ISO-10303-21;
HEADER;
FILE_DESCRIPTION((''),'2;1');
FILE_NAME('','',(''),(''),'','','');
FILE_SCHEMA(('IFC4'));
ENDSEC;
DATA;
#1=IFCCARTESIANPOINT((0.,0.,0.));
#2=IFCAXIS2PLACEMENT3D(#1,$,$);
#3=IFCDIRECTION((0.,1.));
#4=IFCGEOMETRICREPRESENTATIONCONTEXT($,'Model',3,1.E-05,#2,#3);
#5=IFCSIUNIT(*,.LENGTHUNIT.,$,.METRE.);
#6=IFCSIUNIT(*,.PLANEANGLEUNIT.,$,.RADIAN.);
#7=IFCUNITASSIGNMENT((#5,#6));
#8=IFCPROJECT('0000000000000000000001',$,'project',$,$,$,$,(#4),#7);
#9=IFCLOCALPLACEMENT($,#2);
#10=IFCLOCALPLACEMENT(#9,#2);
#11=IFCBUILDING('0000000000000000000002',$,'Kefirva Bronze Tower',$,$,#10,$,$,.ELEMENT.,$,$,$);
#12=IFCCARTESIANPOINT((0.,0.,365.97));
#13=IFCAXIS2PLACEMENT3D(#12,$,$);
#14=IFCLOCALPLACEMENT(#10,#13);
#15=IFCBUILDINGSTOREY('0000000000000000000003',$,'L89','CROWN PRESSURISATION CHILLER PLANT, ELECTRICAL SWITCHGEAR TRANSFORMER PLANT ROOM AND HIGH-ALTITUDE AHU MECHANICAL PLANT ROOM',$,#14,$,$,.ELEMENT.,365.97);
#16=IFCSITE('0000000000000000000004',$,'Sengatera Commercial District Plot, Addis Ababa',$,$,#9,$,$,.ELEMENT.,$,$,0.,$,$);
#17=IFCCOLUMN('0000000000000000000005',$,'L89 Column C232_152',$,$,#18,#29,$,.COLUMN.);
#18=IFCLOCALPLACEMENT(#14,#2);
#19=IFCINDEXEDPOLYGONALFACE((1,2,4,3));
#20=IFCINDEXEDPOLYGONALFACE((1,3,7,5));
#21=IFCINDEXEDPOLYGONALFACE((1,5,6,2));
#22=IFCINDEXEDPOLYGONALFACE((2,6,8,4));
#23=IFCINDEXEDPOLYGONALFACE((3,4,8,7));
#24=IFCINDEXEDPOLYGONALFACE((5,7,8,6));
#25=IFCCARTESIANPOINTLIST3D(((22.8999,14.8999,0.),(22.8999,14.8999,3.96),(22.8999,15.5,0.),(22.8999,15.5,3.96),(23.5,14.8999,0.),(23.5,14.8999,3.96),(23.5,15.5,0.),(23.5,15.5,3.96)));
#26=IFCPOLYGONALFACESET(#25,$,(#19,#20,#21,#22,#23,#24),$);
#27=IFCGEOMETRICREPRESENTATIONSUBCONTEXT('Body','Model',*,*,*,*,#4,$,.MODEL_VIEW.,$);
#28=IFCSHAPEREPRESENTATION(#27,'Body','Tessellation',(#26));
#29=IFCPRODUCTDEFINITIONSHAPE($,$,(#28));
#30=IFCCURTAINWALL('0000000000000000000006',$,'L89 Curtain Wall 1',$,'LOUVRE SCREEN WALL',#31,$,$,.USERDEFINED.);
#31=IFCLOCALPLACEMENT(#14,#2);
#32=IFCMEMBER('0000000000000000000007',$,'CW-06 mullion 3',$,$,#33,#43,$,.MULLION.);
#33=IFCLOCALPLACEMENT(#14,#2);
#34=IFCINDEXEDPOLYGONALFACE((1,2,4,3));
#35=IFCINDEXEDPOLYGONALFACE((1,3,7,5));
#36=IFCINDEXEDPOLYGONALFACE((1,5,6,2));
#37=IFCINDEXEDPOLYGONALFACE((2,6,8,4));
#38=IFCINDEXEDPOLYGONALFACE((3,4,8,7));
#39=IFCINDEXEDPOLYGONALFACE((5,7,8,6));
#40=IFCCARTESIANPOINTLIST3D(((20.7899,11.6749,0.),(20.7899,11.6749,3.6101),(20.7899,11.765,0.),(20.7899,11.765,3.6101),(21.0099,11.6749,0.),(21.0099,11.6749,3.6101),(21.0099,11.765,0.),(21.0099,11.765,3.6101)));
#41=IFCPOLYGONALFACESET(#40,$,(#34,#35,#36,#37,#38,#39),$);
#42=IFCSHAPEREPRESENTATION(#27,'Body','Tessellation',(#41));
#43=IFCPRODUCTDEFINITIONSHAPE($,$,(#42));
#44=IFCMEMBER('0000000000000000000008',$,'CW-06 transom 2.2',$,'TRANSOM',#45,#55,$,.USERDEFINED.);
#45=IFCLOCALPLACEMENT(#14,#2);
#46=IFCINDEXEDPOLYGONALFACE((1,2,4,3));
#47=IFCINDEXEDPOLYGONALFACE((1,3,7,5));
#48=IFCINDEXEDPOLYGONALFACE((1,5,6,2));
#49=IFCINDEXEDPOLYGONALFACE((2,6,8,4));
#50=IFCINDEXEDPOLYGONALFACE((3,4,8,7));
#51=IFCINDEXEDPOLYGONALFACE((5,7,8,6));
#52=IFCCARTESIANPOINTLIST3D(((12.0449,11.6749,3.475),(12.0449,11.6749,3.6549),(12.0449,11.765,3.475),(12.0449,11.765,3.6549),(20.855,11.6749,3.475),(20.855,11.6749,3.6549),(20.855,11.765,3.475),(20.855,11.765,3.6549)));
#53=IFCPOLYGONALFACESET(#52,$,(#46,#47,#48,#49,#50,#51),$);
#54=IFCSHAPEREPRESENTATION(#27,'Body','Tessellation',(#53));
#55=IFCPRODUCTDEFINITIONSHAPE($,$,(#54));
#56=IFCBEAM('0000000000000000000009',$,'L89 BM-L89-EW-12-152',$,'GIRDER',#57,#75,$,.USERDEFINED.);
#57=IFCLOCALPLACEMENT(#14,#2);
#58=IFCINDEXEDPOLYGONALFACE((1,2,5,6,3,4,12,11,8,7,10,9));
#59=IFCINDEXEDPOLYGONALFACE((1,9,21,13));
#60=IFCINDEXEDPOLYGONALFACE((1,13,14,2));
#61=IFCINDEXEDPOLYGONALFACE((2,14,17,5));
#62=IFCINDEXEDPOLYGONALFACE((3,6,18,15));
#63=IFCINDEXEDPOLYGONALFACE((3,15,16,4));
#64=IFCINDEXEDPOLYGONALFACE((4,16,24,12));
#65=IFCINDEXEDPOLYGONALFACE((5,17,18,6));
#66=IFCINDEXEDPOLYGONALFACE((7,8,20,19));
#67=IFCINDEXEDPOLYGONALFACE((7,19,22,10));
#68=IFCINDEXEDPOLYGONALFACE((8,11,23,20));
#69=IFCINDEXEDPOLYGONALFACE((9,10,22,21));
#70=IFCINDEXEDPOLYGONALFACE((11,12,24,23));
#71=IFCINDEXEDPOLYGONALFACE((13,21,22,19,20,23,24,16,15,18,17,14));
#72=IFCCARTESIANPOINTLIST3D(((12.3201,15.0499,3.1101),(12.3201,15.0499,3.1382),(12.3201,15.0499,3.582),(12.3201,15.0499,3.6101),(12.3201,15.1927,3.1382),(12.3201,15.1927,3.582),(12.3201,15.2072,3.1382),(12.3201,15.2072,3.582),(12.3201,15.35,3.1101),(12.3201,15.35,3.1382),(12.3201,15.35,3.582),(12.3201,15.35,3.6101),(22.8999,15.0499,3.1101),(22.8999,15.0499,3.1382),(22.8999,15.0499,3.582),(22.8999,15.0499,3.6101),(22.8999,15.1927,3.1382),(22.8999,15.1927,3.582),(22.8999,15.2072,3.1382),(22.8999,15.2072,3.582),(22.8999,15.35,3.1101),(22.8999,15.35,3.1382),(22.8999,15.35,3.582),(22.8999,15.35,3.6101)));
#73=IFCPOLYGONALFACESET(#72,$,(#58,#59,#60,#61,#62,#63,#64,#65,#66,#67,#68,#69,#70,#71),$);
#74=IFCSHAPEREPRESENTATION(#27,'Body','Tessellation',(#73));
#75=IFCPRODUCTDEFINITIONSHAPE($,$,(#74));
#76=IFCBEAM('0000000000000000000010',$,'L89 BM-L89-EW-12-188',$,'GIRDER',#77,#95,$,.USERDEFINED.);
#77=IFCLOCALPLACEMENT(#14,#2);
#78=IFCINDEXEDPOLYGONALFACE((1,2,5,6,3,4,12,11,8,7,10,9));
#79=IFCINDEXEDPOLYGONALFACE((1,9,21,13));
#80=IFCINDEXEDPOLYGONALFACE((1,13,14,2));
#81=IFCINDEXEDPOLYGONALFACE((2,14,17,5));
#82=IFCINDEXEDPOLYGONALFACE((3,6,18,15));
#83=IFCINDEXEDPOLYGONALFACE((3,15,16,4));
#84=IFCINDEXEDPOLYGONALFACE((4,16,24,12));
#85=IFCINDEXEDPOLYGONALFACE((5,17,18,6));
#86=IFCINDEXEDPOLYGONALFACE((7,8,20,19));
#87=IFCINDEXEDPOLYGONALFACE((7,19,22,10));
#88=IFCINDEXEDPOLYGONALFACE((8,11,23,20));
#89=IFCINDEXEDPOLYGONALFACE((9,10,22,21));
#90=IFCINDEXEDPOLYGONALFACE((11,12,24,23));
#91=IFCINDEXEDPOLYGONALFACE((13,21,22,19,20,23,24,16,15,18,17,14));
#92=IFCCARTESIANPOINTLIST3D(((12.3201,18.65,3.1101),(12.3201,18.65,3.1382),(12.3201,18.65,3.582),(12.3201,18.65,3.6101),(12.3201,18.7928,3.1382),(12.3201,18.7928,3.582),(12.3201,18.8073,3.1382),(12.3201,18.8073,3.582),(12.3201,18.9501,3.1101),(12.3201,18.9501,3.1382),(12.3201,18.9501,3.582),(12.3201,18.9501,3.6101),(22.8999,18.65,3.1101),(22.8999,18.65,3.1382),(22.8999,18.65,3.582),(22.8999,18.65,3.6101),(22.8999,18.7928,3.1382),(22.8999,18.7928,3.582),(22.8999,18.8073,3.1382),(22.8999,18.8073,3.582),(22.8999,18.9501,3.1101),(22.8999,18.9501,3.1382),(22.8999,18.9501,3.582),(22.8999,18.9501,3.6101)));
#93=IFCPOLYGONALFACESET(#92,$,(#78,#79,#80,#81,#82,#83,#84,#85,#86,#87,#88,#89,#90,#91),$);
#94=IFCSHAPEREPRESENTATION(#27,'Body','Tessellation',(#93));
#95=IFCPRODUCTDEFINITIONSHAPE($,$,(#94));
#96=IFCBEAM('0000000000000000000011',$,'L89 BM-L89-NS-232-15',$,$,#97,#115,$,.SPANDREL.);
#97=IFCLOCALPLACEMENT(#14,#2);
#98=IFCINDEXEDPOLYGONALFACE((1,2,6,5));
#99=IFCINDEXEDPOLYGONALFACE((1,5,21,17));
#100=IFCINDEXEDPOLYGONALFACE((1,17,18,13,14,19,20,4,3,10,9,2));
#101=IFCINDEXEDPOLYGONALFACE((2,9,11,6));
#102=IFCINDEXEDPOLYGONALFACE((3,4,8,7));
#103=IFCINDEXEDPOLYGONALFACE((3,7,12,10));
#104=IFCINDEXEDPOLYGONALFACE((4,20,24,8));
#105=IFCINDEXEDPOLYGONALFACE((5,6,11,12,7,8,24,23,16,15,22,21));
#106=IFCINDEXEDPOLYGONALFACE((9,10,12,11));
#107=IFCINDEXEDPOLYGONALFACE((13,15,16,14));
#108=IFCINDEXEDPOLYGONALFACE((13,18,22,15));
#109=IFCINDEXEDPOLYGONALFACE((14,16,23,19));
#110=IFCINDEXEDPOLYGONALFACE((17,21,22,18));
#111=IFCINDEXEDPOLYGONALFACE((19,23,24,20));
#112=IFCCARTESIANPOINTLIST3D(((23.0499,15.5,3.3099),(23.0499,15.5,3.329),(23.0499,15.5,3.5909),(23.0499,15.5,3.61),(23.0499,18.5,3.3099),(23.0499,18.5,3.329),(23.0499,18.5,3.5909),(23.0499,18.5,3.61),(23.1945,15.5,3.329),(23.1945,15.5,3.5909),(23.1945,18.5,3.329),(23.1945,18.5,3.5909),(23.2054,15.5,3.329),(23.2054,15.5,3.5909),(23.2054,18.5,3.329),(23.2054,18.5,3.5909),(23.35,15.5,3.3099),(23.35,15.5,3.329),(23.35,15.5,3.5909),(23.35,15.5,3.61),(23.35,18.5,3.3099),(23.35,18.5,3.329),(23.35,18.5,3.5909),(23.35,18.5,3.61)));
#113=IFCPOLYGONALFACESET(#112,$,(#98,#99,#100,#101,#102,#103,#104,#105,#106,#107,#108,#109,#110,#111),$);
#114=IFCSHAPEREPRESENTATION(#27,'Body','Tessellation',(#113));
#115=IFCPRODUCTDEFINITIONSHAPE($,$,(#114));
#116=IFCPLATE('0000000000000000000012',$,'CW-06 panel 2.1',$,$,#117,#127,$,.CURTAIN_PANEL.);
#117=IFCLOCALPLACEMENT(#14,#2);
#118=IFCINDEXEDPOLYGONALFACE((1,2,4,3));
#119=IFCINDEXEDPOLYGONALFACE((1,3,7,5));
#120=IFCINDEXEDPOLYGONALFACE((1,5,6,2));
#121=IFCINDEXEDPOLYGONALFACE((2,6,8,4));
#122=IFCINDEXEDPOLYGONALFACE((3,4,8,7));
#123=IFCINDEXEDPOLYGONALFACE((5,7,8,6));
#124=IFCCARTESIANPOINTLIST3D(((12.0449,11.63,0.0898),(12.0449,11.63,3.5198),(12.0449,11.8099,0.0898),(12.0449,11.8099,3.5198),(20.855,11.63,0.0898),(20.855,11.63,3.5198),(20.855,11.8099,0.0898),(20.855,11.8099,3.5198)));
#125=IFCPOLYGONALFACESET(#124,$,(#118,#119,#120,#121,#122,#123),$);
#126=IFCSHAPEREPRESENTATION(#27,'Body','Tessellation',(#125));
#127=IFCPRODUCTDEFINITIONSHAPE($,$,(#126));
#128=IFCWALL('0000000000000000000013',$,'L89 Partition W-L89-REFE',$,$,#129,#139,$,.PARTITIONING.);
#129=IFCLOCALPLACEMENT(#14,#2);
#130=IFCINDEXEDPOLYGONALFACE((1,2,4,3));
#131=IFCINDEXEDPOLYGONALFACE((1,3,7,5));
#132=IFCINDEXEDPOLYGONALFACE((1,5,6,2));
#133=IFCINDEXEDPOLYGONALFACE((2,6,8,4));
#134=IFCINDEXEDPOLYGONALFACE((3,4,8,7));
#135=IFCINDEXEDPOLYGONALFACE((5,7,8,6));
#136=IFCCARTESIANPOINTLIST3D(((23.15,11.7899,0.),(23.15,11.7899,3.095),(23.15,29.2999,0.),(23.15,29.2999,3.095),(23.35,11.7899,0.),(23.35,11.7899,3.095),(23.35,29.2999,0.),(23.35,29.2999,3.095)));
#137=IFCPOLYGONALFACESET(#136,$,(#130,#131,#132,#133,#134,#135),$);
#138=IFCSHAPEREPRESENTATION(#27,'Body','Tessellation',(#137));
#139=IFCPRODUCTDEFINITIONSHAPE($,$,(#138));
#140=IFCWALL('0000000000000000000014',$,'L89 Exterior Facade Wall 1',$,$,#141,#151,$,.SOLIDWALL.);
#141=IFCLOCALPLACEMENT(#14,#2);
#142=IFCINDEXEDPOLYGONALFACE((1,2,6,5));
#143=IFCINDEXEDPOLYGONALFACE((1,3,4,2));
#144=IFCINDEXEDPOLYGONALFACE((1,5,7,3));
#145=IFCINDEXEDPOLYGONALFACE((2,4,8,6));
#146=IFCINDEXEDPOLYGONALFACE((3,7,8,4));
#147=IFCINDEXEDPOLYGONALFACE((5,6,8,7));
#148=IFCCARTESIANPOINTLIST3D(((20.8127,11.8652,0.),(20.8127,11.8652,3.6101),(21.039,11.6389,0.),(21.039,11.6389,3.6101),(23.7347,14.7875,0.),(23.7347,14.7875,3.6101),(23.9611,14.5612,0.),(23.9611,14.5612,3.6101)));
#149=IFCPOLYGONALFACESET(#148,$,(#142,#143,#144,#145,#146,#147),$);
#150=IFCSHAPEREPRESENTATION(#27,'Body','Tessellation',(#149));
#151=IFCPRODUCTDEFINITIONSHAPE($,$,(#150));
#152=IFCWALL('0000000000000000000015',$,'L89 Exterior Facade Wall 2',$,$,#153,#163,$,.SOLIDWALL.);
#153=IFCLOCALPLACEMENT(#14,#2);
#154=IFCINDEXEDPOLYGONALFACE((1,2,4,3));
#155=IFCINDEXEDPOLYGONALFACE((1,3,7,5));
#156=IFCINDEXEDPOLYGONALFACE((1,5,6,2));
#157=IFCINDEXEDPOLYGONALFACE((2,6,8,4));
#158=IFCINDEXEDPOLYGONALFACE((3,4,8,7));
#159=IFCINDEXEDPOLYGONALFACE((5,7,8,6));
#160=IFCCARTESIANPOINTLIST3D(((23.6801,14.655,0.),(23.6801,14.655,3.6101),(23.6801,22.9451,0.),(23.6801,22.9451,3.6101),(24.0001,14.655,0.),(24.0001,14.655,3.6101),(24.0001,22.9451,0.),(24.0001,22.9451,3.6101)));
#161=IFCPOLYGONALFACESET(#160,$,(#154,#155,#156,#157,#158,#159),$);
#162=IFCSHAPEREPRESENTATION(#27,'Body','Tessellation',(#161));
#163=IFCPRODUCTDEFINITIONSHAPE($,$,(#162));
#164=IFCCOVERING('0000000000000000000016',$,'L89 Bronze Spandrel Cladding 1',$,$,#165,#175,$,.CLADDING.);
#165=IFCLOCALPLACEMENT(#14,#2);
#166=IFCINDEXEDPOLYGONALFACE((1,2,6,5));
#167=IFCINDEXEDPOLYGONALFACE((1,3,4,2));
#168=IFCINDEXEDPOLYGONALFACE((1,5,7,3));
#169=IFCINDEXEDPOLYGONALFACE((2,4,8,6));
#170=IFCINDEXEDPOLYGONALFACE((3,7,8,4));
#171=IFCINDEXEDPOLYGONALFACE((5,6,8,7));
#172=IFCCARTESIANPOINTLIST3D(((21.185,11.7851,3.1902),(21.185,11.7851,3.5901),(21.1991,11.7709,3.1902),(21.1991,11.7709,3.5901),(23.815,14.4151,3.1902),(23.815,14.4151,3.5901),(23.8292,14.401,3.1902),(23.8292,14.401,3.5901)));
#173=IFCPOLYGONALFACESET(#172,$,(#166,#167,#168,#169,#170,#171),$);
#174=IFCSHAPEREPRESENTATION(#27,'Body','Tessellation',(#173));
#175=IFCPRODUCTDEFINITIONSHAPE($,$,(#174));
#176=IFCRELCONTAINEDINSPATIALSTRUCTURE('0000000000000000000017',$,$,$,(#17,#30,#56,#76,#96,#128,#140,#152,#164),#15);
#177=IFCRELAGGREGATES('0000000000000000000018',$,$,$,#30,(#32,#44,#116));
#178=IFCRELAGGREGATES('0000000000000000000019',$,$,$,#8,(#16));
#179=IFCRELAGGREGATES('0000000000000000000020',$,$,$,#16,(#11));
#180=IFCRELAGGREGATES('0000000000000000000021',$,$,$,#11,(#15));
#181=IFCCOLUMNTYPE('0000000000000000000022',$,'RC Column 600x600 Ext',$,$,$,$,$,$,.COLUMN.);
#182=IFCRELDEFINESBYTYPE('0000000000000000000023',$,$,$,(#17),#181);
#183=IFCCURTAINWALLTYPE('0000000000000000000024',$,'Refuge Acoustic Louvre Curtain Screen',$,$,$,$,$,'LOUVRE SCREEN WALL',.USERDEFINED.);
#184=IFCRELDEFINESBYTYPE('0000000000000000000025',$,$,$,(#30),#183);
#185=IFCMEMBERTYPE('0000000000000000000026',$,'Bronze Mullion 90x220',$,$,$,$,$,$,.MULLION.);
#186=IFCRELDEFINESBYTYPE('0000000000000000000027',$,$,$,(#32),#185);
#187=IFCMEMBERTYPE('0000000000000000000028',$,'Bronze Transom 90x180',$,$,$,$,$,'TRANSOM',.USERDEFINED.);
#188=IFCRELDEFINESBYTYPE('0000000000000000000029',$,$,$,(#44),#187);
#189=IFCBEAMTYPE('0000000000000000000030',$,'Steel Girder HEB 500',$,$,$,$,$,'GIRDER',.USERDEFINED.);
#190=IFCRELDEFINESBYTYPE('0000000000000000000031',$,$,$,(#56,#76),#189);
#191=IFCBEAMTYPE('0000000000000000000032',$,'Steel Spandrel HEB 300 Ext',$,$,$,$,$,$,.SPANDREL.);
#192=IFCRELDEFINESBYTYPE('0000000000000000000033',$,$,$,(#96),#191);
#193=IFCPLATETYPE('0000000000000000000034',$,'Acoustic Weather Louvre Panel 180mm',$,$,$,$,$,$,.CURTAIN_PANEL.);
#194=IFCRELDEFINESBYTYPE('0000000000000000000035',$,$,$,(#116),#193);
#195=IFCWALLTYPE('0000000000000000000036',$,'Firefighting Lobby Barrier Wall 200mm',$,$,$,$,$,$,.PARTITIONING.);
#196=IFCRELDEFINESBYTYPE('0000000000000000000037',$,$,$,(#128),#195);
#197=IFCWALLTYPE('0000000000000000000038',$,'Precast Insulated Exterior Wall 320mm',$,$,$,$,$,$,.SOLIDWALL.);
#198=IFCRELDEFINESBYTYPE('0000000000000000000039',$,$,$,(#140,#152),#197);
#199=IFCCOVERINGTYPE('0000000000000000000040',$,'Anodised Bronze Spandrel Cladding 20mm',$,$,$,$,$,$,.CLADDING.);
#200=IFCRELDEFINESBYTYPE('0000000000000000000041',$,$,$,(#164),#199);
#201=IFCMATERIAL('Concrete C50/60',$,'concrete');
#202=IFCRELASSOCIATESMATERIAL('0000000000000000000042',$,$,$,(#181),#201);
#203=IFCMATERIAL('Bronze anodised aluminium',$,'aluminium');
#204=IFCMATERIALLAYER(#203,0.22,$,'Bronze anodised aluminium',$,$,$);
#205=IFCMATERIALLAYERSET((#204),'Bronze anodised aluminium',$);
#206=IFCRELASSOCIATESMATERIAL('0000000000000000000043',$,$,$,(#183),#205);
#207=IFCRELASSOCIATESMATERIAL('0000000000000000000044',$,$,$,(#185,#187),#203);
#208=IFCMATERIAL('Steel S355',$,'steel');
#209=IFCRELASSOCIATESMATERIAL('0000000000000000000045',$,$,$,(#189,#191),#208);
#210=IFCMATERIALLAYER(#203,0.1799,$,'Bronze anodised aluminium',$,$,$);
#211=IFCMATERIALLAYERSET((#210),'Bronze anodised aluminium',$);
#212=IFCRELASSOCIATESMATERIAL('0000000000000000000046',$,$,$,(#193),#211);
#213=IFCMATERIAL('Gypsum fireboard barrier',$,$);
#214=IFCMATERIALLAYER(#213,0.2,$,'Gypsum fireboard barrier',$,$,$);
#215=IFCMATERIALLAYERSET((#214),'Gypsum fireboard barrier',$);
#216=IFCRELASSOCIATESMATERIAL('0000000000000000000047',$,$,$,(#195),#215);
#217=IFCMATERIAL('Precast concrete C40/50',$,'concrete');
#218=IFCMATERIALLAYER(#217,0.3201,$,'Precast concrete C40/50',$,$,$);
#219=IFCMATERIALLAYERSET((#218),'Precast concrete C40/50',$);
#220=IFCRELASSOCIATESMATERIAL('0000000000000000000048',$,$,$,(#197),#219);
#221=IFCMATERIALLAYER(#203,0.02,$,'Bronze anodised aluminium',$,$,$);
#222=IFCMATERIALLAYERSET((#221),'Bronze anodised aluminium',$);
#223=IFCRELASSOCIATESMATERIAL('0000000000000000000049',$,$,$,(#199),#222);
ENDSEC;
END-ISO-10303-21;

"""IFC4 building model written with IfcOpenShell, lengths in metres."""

from ifc_helpers import new_model, si_unit, direction, frame, frame_2d, origin, origin_2d, place, context, subcontext, project, spatial, rectangle, i_section, extrude, material, layer, layer_set, material_profile, profile_set, type_object, element, aggregate, save


model = new_model("IFC4")

# Units and contexts
model_context = context("Model", 3, precision=1e-05, world=origin(), true_north=direction((0.0, 1.0)))
body_context = subcontext(model_context, "Body", "Model", "MODEL_VIEW")
ifc_project = project(units=[si_unit("LENGTHUNIT", "METRE"), si_unit("PLANEANGLEUNIT", "RADIAN")], contexts=[model_context])

# Site, building, storey
site_placement = place(None, origin())
site = spatial("IfcSite", under=ifc_project, at=site_placement, Name="Sengatera Commercial District Plot, Addis Ababa", CompositionType="ELEMENT", RefElevation=0.0)
building_placement = place(site_placement, origin())
building = spatial("IfcBuilding", under=site, at=building_placement, Name="Kefirva Bronze Tower", CompositionType="ELEMENT")
storey_placement = place(building_placement, frame((0.0, 0.0, 365.97)))
storey = spatial("IfcBuildingStorey", under=building, at=storey_placement, Name="L89", Description="CROWN PRESSURISATION CHILLER PLANT, ELECTRICAL SWITCHGEAR TRANSFORMER PLANT ROOM AND HIGH-ALTITUDE AHU MECHANICAL PLANT ROOM", CompositionType="ELEMENT", Elevation=365.97)

# Column
ifc_material_1 = material(Name="Concrete C50/60", Category="concrete")
ifc_material_profile_1 = material_profile(ifc_material_1, rectangle(XDim=0.6001, YDim=0.6001, at=origin_2d()), Name="RC 600x600")
ifc_profile_set_1 = profile_set([ifc_material_profile_1], Name="Concrete C50/60")
column_type = type_object("IfcColumnType", Name="RC Column 600x600 Ext", PredefinedType="COLUMN", material=ifc_profile_set_1)
column_placement = place(storey_placement, frame((23.2, 15.2, 0.0), z_axis=(0.0, 0.0, 1.0), x_axis=(1.0, 0.0, 0.0)))
element("IfcColumn", 1, at=column_placement, inside=storey, type_object=column_type, Name="L89 Column C232_152", PredefinedType="COLUMN", context=body_context, shape_type="SweptSolid", body=[
    extrude(rectangle(XDim=0.6001, YDim=0.6001, at=origin_2d()), origin(), (0.0, 0.0, 1.0), 3.96),
])

# Curtain wall, members
ifc_material_2 = material(Name="Bronze anodised aluminium", Category="aluminium")
ifc_layer_1 = layer(ifc_material_2, 0.22, Name="Bronze anodised aluminium")
ifc_layer_set_1 = layer_set([ifc_layer_1], Name="Bronze anodised aluminium")
curtain_wall_type = type_object("IfcCurtainWallType", Name="Refuge Acoustic Louvre Curtain Screen", ElementType="LOUVRE SCREEN WALL", PredefinedType="USERDEFINED", material=ifc_layer_set_1)
curtain_wall_placement = place(storey_placement, origin())
curtain_wall = element("IfcCurtainWall", 2, at=curtain_wall_placement, inside=storey, type_object=curtain_wall_type, Name="L89 Curtain Wall 1", ObjectType="LOUVRE SCREEN WALL", PredefinedType="USERDEFINED")
ifc_material_profile_2 = material_profile(ifc_material_2, rectangle(XDim=0.0901, YDim=0.22, at=origin_2d()), Name="ALU 90x220")
ifc_profile_set_2 = profile_set([ifc_material_profile_2], Name="Bronze anodised aluminium")
member_type_1 = type_object("IfcMemberType", Name="Bronze Mullion 90x220", PredefinedType="MULLION", material=ifc_profile_set_2)
member_1_placement = place(storey_placement, frame((20.8999, 11.72, 0.0), z_axis=(0.0, 0.0, 1.0), x_axis=(0.0, 1.0, 0.0)))
member_1 = element("IfcMember", 3, at=member_1_placement, type_object=member_type_1, Name="CW-06 mullion 3", PredefinedType="MULLION", context=body_context, shape_type="SweptSolid", body=[
    extrude(rectangle(XDim=0.0901, YDim=0.22, at=origin_2d()), origin(), (0.0, 0.0, 1.0), 3.6101),
])
ifc_material_profile_3 = material_profile(ifc_material_2, rectangle(XDim=0.0901, YDim=0.1799, at=origin_2d()), Name="ALU 90x180")
ifc_profile_set_3 = profile_set([ifc_material_profile_3], Name="Bronze anodised aluminium")
member_type_2 = type_object("IfcMemberType", Name="Bronze Transom 90x180", ElementType="TRANSOM", PredefinedType="USERDEFINED", material=ifc_profile_set_3)
member_2_placement = place(storey_placement, frame((12.0449, 11.72, 3.5649), z_axis=(1.0, 0.0, 0.0), x_axis=(0.0, 1.0, 0.0)))
member_2 = element("IfcMember", 4, at=member_2_placement, type_object=member_type_2, Name="CW-06 transom 2.2", ObjectType="TRANSOM", PredefinedType="USERDEFINED", context=body_context, shape_type="SweptSolid", body=[
    extrude(rectangle(XDim=0.0901, YDim=0.1799, at=origin_2d()), origin(), (0.0, 0.0, 1.0), 8.8101),
])

# Beams
ifc_material_3 = material(Name="Steel S355", Category="steel")
ifc_material_profile_4 = material_profile(ifc_material_3, i_section(OverallWidth=0.3, OverallDepth=0.5, WebThickness=0.0144, FlangeThickness=0.0281, at=origin_2d()), Name="HEB 500")
ifc_profile_set_4 = profile_set([ifc_material_profile_4], Name="Steel S355")
beam_type_1 = type_object("IfcBeamType", Name="Steel Girder HEB 500", ElementType="GIRDER", PredefinedType="USERDEFINED", material=ifc_profile_set_4)
for number, where, z_axis, x_axis, name in (
    (5, (12.3201, 15.2, 3.3601), (1.0, 0.0, 0.0), (0.0, 1.0, 0.0), "L89 BM-L89-EW-12-152"),
    (6, (12.3201, 18.8, 3.3601), (1.0, 0.0, 0.0), (0.0, 1.0, 0.0), "L89 BM-L89-EW-12-188"),
):
    element("IfcBeam", number, at=place(storey_placement, frame(where, z_axis=z_axis, x_axis=x_axis)), inside=storey, type_object=beam_type_1, Name=name, ObjectType="GIRDER", PredefinedType="USERDEFINED", context=body_context, shape_type="SweptSolid", body=[
        extrude(i_section(OverallWidth=0.3, OverallDepth=0.5, WebThickness=0.0144, FlangeThickness=0.0281, at=origin_2d()), origin(), (0.0, 0.0, 1.0), 10.5798),
    ])
ifc_material_profile_5 = material_profile(ifc_material_3, i_section(OverallWidth=0.3, OverallDepth=0.3, WebThickness=0.011, FlangeThickness=0.019, at=origin_2d()), Name="HEB 300")
ifc_profile_set_5 = profile_set([ifc_material_profile_5], Name="Steel S355")
beam_type_2 = type_object("IfcBeamType", Name="Steel Spandrel HEB 300 Ext", PredefinedType="SPANDREL", material=ifc_profile_set_5)
beam_placement = place(storey_placement, frame((23.2, 15.5, 3.46), z_axis=(0.0, 1.0, 0.0), x_axis=(-1.0, 0.0, 0.0)))
element("IfcBeam", 7, at=beam_placement, inside=storey, type_object=beam_type_2, Name="L89 BM-L89-NS-232-15", PredefinedType="SPANDREL", context=body_context, shape_type="SweptSolid", body=[
    extrude(i_section(OverallWidth=0.3, OverallDepth=0.3, WebThickness=0.011, FlangeThickness=0.019, at=origin_2d()), origin(), (0.0, 0.0, 1.0), 3.0),
])

# Plate
ifc_layer_2 = layer(ifc_material_2, 0.1799, Name="Bronze anodised aluminium")
ifc_layer_set_2 = layer_set([ifc_layer_2], Name="Bronze anodised aluminium")
plate_type = type_object("IfcPlateType", Name="Acoustic Weather Louvre Panel 180mm", PredefinedType="CURTAIN_PANEL", material=ifc_layer_set_2)
plate_placement = place(storey_placement, frame((16.45, 11.72, 0.0898), z_axis=(0.0, 0.0, 1.0), x_axis=(1.0, 0.0, 0.0)))
plate = element("IfcPlate", 8, at=plate_placement, type_object=plate_type, Name="CW-06 panel 2.1", PredefinedType="CURTAIN_PANEL", context=body_context, shape_type="SweptSolid", body=[
    extrude(rectangle(XDim=8.8101, YDim=0.1799, at=origin_2d()), origin(), (0.0, 0.0, 1.0), 3.4299),
])
aggregate(curtain_wall, [member_1, member_2, plate])

# Walls
ifc_material_4 = material(Name="Gypsum fireboard barrier")
ifc_layer_3 = layer(ifc_material_4, 0.2, Name="Gypsum fireboard barrier")
ifc_layer_set_3 = layer_set([ifc_layer_3], Name="Gypsum fireboard barrier")
wall_type_1 = type_object("IfcWallType", Name="Firefighting Lobby Barrier Wall 200mm", PredefinedType="PARTITIONING", material=ifc_layer_set_3)
wall_1_placement = place(storey_placement, frame((23.25, 11.79, 0.0), z_axis=(0.0, 0.0, 1.0), x_axis=(0.0, 1.0, 0.0)))
element("IfcWall", 9, at=wall_1_placement, inside=storey, type_object=wall_type_1, Name="L89 Partition W-L89-REFE", PredefinedType="PARTITIONING", context=body_context, shape_type="SweptSolid", body=[
    extrude(rectangle(XDim=17.51, YDim=0.2, at=frame_2d((8.7549, 0.0))), origin(), (0.0, 0.0, 1.0), 3.095),
])
ifc_material_5 = material(Name="Precast concrete C40/50", Category="concrete")
ifc_layer_4 = layer(ifc_material_5, 0.3201, Name="Precast concrete C40/50")
ifc_layer_set_4 = layer_set([ifc_layer_4], Name="Precast concrete C40/50")
wall_type_2 = type_object("IfcWallType", Name="Precast Insulated Exterior Wall 320mm", PredefinedType="SOLIDWALL", material=ifc_layer_set_4)
wall_2_placement = place(storey_placement, frame((20.9258, 11.752, 0.0), z_axis=(0.0, 0.0, 1.0), x_axis=(0.707077, 0.707136, 0.0)))
element("IfcWall", 10, at=wall_2_placement, inside=storey, type_object=wall_type_2, Name="L89 Exterior Facade Wall 1", PredefinedType="SOLIDWALL", context=body_context, shape_type="SweptSolid", body=[
    extrude(rectangle(XDim=4.1326, YDim=0.3201, at=frame_2d((2.0664, 0.0))), origin(), (0.0, 0.0, 1.0), 3.6101),
])
wall_3_placement = place(storey_placement, frame((23.8401, 14.655, 0.0), z_axis=(0.0, 0.0, 1.0), x_axis=(0.0, 1.0, 0.0)))
element("IfcWall", 11, at=wall_3_placement, inside=storey, type_object=wall_type_2, Name="L89 Exterior Facade Wall 2", PredefinedType="SOLIDWALL", context=body_context, shape_type="SweptSolid", body=[
    extrude(rectangle(XDim=8.29, YDim=0.3201, at=frame_2d((4.145, 0.0))), origin(), (0.0, 0.0, 1.0), 3.6101),
])

# Covering
ifc_layer_5 = layer(ifc_material_2, 0.02, Name="Bronze anodised aluminium")
ifc_layer_set_5 = layer_set([ifc_layer_5], Name="Bronze anodised aluminium")
covering_type_1 = type_object("IfcCoveringType", Name="Anodised Bronze Spandrel Cladding 20mm", PredefinedType="CLADDING", material=ifc_layer_set_5)
covering_1_placement = place(storey_placement, frame((22.5071, 13.093, 3.1902), z_axis=(0.0, 0.0, 1.0), x_axis=(0.707107, 0.707107, 0.0)))
element("IfcCovering", 12, at=covering_1_placement, inside=storey, type_object=covering_type_1, Name="L89 Bronze Spandrel Cladding 1", PredefinedType="CLADDING", context=body_context, shape_type="SweptSolid", body=[
    extrude(rectangle(XDim=3.7195, YDim=0.02, at=origin_2d()), origin(), (0.0, 0.0, 1.0), 0.3999),
])

save(model, "model.ifc")
